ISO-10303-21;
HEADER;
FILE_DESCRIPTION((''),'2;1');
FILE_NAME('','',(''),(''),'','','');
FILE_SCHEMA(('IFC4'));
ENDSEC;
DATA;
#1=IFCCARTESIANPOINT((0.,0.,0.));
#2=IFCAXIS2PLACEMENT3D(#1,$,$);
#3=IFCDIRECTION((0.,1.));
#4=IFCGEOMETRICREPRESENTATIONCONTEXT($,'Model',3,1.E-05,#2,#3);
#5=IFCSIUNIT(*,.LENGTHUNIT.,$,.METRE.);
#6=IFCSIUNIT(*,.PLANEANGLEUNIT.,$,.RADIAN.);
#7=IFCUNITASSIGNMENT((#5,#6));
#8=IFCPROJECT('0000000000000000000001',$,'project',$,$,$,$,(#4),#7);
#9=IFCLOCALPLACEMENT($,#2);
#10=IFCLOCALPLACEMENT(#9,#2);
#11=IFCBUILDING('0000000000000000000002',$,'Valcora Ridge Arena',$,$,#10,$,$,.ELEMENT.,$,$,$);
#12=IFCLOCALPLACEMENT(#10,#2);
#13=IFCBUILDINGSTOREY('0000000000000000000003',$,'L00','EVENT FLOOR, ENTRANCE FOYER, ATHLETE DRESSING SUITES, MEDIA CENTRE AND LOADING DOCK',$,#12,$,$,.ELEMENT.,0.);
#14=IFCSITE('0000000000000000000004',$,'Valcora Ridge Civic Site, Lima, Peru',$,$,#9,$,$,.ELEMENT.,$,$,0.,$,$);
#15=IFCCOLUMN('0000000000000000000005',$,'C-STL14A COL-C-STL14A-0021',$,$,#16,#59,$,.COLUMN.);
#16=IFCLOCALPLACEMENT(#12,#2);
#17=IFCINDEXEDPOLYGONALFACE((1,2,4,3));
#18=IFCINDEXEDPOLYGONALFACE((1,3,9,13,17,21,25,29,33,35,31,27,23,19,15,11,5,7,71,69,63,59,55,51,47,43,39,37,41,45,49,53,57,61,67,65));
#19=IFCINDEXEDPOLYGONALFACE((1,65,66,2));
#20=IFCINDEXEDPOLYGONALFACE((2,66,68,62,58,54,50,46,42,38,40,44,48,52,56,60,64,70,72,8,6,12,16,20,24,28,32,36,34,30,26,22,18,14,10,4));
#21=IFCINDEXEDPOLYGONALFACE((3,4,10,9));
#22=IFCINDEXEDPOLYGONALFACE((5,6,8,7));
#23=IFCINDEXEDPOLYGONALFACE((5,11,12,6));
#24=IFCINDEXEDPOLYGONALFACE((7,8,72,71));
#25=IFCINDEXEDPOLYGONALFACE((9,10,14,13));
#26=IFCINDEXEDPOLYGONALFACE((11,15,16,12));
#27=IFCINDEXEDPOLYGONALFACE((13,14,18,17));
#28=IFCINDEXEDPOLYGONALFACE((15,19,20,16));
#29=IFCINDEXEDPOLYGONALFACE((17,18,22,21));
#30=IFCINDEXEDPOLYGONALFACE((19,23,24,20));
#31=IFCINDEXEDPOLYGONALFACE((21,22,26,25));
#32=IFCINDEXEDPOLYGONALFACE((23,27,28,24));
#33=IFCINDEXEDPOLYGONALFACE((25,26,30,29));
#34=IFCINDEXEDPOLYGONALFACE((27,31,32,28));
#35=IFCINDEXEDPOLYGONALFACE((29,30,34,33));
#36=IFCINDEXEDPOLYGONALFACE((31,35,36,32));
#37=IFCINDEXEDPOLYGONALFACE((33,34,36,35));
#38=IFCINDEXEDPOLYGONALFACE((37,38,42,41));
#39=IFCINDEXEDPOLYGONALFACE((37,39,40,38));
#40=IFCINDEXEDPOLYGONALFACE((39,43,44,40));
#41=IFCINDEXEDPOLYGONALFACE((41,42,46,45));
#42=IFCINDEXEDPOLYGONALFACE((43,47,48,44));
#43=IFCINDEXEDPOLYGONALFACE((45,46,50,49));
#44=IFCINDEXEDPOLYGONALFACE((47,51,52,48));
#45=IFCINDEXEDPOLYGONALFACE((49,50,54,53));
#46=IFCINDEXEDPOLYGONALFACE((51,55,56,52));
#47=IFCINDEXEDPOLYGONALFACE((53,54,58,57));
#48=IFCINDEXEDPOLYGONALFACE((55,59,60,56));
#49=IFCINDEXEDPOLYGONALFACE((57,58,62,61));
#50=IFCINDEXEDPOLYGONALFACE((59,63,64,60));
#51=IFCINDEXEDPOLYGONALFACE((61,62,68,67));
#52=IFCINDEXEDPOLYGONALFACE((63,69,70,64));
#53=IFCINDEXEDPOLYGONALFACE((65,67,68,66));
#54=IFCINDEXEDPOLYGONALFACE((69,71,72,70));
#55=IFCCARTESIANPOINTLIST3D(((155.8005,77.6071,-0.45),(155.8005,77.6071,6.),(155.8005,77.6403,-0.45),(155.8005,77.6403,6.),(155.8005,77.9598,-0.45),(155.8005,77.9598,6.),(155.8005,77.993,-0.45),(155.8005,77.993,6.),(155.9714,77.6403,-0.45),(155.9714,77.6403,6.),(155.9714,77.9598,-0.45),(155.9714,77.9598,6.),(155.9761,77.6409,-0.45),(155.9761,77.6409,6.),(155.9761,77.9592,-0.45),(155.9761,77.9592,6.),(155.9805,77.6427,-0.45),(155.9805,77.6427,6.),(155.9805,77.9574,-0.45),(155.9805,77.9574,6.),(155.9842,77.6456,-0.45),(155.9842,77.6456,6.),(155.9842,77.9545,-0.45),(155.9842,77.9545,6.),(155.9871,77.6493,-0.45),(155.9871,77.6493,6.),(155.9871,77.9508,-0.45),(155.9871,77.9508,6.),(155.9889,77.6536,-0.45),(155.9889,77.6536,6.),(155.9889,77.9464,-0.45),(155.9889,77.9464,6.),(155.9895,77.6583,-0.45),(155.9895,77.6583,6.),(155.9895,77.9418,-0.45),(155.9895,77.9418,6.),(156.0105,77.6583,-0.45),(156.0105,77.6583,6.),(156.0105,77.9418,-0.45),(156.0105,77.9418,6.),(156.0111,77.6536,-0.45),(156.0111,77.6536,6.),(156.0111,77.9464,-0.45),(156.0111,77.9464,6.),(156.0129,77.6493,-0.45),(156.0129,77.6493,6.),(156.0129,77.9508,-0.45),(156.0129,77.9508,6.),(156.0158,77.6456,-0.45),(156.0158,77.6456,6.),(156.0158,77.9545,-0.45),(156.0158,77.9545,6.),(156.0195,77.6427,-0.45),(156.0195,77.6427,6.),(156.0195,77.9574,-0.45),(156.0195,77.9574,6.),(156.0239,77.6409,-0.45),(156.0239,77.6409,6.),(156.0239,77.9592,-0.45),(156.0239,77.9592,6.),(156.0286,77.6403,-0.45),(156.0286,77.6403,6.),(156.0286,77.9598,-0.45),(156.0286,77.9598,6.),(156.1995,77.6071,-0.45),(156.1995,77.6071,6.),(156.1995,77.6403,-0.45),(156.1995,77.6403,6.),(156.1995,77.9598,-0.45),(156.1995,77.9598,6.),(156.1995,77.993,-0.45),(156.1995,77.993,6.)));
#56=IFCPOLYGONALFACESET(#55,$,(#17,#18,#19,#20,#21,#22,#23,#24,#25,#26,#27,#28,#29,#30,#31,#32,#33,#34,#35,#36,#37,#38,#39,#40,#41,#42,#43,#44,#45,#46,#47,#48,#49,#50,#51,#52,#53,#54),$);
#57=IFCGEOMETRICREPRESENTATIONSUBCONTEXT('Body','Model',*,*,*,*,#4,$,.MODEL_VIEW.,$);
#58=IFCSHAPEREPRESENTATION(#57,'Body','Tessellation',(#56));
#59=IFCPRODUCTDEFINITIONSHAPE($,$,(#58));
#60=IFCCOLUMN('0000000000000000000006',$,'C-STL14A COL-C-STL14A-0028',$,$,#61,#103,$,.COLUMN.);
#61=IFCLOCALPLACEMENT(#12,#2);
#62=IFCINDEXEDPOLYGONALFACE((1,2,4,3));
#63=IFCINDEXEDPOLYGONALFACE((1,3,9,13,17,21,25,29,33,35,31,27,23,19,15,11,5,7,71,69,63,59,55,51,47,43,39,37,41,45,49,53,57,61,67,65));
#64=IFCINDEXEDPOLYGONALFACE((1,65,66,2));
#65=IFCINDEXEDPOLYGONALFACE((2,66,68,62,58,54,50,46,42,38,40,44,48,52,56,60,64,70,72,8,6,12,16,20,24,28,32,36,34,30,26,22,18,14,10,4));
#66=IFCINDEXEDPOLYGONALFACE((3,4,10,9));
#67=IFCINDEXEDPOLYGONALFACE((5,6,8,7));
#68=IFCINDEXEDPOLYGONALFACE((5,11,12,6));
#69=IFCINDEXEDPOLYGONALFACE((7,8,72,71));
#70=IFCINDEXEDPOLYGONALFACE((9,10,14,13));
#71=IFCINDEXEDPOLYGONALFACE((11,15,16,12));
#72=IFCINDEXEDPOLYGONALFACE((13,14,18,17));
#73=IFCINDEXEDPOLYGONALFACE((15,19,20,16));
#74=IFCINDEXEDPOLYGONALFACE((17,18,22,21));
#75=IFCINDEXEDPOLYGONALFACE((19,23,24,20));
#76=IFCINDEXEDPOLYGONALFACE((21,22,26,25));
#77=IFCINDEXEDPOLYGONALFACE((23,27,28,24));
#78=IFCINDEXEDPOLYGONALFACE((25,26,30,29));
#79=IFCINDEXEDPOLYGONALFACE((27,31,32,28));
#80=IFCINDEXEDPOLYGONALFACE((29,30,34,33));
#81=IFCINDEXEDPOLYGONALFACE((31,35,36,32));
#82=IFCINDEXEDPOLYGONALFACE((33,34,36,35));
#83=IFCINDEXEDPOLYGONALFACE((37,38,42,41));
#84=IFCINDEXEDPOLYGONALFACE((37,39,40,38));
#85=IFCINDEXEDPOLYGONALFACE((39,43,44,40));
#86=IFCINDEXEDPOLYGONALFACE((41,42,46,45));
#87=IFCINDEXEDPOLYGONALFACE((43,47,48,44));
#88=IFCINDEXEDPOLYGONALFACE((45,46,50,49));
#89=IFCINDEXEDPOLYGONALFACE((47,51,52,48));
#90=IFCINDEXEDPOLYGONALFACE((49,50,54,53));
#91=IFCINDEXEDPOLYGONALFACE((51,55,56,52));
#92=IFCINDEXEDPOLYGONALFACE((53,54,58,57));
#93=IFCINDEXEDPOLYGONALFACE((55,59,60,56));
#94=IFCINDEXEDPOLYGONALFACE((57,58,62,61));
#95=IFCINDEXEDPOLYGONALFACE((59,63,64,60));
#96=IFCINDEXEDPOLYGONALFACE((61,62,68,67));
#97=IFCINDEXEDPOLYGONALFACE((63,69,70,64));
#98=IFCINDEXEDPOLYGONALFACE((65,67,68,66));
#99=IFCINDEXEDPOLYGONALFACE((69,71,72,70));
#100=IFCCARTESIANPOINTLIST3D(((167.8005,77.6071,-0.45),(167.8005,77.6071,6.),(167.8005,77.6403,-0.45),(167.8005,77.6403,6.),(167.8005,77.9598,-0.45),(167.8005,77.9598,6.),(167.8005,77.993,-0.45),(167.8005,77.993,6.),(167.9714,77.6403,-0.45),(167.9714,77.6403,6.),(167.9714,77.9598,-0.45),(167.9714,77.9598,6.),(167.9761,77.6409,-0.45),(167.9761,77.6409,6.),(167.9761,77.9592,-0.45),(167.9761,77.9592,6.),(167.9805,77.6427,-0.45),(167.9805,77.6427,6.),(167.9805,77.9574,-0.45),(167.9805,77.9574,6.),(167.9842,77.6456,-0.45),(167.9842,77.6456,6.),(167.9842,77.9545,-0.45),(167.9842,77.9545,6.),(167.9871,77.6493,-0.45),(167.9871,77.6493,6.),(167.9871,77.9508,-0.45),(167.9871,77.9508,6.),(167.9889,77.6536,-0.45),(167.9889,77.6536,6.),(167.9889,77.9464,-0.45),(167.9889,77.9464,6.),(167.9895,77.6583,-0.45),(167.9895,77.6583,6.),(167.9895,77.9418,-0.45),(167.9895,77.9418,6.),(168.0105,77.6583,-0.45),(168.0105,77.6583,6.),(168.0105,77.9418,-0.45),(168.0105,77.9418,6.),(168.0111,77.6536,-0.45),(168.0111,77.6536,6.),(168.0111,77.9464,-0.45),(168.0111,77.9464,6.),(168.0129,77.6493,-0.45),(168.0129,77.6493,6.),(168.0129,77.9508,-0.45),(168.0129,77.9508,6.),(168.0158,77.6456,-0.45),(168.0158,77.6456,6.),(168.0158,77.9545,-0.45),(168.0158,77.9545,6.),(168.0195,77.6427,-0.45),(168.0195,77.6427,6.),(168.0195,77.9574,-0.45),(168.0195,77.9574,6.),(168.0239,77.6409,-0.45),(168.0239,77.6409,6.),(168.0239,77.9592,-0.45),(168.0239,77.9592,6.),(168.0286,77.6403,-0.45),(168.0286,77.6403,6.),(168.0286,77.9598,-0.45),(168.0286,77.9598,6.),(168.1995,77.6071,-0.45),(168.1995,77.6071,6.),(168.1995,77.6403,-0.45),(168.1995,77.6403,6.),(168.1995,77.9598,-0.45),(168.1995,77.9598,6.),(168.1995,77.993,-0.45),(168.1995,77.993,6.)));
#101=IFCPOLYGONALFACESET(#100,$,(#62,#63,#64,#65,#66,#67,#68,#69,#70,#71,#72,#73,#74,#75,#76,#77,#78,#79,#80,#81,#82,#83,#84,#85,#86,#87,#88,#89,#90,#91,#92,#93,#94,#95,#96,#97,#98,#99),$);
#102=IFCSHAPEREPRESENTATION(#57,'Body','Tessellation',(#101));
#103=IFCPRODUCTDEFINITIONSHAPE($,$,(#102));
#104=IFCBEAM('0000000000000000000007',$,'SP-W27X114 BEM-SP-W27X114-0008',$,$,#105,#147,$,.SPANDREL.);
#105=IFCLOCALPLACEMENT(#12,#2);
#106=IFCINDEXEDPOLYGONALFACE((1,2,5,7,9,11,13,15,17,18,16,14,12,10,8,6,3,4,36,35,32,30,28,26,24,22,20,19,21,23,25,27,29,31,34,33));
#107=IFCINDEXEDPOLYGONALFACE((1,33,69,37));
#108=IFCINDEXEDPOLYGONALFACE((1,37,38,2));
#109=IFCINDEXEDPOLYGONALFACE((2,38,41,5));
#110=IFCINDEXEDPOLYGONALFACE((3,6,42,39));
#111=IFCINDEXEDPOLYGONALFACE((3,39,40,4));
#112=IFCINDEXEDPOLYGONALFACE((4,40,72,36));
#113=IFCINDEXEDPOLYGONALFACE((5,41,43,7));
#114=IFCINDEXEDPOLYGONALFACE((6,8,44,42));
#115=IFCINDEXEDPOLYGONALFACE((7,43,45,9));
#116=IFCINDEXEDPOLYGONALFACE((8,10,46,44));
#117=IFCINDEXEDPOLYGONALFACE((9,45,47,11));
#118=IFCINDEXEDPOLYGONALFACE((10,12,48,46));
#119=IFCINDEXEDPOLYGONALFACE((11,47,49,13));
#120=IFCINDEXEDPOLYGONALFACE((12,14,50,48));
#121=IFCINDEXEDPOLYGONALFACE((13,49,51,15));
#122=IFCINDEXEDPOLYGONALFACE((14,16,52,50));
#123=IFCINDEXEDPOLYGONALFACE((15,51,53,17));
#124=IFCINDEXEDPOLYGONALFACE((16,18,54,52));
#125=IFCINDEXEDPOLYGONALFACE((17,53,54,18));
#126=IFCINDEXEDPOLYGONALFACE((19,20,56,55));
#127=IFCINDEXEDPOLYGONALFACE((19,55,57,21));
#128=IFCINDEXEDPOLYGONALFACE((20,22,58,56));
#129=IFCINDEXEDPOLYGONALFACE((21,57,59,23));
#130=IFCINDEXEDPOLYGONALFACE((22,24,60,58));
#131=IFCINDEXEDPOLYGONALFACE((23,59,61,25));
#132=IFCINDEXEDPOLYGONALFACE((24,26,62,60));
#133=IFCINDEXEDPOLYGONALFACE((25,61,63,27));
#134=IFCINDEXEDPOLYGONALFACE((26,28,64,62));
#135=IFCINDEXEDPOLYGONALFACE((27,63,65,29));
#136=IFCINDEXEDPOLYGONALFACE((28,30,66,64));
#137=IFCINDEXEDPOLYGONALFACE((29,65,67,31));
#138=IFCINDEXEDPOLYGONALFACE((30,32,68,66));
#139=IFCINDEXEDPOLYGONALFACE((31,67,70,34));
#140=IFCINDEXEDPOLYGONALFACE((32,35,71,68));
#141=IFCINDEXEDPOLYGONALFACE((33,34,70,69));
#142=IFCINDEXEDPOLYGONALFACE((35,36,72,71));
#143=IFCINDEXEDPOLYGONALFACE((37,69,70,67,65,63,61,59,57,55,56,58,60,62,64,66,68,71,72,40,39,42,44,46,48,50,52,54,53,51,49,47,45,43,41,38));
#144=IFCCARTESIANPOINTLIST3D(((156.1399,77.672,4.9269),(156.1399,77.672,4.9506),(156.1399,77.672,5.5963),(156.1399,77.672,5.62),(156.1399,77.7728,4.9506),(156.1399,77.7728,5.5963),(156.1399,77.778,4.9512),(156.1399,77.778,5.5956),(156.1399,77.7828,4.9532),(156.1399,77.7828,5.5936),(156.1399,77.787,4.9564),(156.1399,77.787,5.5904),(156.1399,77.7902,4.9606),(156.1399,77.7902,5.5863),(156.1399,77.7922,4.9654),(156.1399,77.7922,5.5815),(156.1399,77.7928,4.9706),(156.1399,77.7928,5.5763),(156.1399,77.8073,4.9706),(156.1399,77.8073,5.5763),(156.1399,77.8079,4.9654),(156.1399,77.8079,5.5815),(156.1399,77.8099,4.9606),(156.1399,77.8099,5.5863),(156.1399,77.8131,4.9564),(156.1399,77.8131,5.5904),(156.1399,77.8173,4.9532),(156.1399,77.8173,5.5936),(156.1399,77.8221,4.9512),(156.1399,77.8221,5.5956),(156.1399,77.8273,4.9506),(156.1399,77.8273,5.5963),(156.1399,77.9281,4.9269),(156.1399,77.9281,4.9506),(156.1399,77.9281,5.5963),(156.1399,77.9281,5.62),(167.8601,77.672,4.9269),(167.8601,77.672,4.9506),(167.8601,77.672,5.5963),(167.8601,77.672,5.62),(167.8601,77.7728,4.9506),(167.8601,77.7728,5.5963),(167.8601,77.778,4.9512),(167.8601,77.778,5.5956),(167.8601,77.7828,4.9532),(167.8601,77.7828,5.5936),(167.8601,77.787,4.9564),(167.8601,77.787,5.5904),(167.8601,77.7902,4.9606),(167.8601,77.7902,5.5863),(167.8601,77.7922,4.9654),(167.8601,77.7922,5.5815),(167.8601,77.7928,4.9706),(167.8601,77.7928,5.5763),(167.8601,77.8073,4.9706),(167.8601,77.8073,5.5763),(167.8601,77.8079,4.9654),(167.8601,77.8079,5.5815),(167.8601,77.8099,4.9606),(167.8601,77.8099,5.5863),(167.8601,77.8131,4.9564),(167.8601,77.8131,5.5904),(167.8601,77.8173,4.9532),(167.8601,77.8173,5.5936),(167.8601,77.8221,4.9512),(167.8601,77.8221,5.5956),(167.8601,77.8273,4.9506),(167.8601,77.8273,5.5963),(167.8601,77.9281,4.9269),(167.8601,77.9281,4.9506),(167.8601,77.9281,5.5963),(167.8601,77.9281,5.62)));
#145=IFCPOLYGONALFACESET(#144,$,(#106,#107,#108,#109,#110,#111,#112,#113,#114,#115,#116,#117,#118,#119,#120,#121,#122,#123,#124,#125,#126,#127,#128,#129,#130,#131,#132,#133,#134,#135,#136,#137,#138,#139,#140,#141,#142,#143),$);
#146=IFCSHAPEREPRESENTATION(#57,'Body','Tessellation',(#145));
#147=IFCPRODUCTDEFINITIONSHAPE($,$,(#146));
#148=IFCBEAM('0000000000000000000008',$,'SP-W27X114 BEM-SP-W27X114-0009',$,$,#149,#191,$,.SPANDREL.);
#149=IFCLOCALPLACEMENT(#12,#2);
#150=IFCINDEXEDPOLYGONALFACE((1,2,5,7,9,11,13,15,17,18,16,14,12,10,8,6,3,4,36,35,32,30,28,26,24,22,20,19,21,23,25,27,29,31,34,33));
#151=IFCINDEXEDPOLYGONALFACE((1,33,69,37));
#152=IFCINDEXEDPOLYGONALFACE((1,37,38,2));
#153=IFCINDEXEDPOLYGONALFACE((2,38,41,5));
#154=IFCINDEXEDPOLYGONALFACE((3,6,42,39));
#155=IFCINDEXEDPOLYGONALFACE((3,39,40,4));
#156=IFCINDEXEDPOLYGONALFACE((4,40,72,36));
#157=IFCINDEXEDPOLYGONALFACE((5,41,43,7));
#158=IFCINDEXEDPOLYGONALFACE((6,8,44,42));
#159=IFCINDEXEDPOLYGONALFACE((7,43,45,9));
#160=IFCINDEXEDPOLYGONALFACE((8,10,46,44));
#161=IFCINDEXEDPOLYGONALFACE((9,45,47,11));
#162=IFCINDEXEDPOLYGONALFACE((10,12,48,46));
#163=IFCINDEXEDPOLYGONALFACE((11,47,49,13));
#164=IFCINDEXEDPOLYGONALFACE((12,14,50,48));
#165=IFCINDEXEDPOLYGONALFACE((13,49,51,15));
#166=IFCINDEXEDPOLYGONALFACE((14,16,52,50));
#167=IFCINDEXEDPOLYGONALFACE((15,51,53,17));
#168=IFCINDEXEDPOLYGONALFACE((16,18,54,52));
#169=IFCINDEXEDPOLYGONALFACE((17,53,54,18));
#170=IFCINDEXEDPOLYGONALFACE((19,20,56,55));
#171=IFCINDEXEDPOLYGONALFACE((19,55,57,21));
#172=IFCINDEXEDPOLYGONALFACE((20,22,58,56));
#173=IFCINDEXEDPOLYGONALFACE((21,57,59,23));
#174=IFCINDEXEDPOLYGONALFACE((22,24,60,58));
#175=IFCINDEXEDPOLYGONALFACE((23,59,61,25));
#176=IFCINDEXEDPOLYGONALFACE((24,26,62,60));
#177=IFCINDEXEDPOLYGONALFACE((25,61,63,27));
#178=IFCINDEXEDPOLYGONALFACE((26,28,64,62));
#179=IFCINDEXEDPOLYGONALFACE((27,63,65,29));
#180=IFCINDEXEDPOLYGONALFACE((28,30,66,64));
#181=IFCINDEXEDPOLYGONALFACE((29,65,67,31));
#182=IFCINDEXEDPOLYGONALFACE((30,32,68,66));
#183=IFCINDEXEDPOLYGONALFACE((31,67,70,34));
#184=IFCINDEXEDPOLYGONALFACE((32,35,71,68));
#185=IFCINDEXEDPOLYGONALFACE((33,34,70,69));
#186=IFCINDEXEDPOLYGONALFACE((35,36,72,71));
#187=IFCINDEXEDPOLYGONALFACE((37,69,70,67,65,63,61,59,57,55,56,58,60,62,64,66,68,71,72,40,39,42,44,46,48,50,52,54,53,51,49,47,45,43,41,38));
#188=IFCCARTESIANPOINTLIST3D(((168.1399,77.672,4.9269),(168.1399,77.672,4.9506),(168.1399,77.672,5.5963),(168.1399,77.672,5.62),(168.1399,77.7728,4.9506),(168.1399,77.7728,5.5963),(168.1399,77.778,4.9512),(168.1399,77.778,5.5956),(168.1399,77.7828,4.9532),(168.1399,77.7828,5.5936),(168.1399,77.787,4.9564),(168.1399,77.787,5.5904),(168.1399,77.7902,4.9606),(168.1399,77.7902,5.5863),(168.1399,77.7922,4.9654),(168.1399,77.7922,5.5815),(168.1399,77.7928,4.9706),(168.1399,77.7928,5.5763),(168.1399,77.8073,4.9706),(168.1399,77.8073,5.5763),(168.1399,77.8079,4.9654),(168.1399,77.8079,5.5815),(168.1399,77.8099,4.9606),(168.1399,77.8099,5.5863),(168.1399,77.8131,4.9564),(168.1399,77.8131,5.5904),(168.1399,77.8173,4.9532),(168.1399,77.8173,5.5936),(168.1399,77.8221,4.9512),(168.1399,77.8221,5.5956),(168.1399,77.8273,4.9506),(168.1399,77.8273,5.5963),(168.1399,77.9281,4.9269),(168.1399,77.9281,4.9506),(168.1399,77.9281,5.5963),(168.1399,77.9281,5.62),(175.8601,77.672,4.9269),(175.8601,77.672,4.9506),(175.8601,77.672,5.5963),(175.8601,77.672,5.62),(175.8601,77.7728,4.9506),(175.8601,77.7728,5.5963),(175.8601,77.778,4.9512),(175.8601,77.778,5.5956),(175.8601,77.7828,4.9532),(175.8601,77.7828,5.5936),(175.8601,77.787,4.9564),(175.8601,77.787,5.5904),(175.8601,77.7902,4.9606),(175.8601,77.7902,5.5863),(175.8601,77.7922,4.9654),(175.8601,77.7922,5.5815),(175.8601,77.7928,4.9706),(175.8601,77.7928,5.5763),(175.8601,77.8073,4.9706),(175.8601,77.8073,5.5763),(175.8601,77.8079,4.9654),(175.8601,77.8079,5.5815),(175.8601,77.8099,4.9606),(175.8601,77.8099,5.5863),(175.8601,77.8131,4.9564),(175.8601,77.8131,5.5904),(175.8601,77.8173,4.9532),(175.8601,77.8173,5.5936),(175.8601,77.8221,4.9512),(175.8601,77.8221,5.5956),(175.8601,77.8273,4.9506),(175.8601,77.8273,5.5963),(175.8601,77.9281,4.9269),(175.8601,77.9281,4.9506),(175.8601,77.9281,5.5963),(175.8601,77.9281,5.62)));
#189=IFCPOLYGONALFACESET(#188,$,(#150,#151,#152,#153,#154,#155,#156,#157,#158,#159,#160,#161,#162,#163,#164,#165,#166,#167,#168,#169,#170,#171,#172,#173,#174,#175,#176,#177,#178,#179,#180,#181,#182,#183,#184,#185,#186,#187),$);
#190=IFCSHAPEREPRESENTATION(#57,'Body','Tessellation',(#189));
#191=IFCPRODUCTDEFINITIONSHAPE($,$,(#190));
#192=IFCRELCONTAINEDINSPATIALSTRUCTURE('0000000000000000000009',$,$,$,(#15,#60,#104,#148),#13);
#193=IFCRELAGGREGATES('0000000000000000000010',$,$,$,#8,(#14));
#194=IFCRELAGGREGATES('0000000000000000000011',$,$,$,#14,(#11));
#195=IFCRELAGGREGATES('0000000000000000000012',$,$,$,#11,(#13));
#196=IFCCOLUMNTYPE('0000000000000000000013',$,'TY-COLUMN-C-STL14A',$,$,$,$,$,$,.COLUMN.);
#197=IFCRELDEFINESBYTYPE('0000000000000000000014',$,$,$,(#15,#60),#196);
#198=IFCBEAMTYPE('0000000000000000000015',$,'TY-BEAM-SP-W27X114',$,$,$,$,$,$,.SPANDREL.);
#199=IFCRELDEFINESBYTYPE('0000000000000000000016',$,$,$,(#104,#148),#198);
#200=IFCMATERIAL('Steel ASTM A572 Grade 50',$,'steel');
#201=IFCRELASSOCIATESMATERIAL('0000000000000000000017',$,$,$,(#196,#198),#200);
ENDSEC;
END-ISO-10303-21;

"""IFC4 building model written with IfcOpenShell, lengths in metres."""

from ifc_helpers import new_model, si_unit, direction, frame, origin, origin_2d, place, context, subcontext, project, spatial, i_section, extrude, material, material_profile, profile_set, type_object, element, save


model = new_model("IFC4")

# Units and contexts
model_context = context("Model", 3, precision=1e-05, world=origin(), true_north=direction((0.0, 1.0)))
body_context = subcontext(model_context, "Body", "Model", "MODEL_VIEW")
ifc_project = project(units=[si_unit("LENGTHUNIT", "METRE"), si_unit("PLANEANGLEUNIT", "RADIAN")], contexts=[model_context])

# Site, building, storey
site_placement = place(None, origin())
site = spatial("IfcSite", under=ifc_project, at=site_placement, Name="Valcora Ridge Civic Site, Lima, Peru", CompositionType="ELEMENT", RefElevation=0.0)
building_placement = place(site_placement, origin())
building = spatial("IfcBuilding", under=site, at=building_placement, Name="Valcora Ridge Arena", CompositionType="ELEMENT")
storey_placement = place(building_placement, origin())
storey = spatial("IfcBuildingStorey", under=building, at=storey_placement, Name="L00", Description="EVENT FLOOR, ENTRANCE FOYER, ATHLETE DRESSING SUITES, MEDIA CENTRE AND LOADING DOCK", CompositionType="ELEMENT", Elevation=0.0)

# Columns
ifc_material_1 = material(Name="Steel ASTM A572 Grade 50", Category="steel")
ifc_material_profile_1 = material_profile(ifc_material_1, i_section(OverallWidth=0.3989, OverallDepth=0.386, WebThickness=0.021, FlangeThickness=0.0332, FilletRadius=0.0181, at=origin_2d()), Name="W14X176")
ifc_profile_set_1 = profile_set([ifc_material_profile_1], Name="Steel ASTM A572 Grade 50")
column_type = type_object("IfcColumnType", Name="TY-COLUMN-C-STL14A", PredefinedType="COLUMN", material=ifc_profile_set_1)
for number, where, z_axis, x_axis, name in (
    (1, (156.0, 77.8, -0.45), (0.0, 0.0, 1.0), (1.0, 0.0, 0.0), "C-STL14A COL-C-STL14A-0021"),
    (2, (168.0, 77.8, -0.45), (0.0, 0.0, 1.0), (1.0, 0.0, 0.0), "C-STL14A COL-C-STL14A-0028"),
):
    element("IfcColumn", number, at=place(storey_placement, frame(where, z_axis=z_axis, x_axis=x_axis)), inside=storey, type_object=column_type, Name=name, PredefinedType="COLUMN", context=body_context, shape_type="SweptSolid", body=[
        extrude(i_section(OverallWidth=0.3989, OverallDepth=0.386, WebThickness=0.021, FlangeThickness=0.0332, FilletRadius=0.0181, at=origin_2d()), origin(), (0.0, 0.0, 1.0), 6.45),
    ])

# Beams
ifc_material_profile_2 = material_profile(ifc_material_1, i_section(OverallWidth=0.2561, OverallDepth=0.6931, WebThickness=0.0144, FlangeThickness=0.0237, FilletRadius=0.02, at=origin_2d()), Name="W27X114")
ifc_profile_set_2 = profile_set([ifc_material_profile_2], Name="Steel ASTM A572 Grade 50")
beam_type = type_object("IfcBeamType", Name="TY-BEAM-SP-W27X114", PredefinedType="SPANDREL", material=ifc_profile_set_2)
beam_1_placement = place(storey_placement, frame((156.1399, 77.8, 5.2734), z_axis=(1.0, 0.0, 0.0), x_axis=(0.0, 1.0, 0.0)))
element("IfcBeam", 3, at=beam_1_placement, inside=storey, type_object=beam_type, Name="SP-W27X114 BEM-SP-W27X114-0008", PredefinedType="SPANDREL", context=body_context, shape_type="SweptSolid", body=[
    extrude(i_section(OverallWidth=0.2561, OverallDepth=0.6931, WebThickness=0.0144, FlangeThickness=0.0237, FilletRadius=0.02, at=origin_2d()), origin(), (0.0, 0.0, 1.0), 11.7202),
])
beam_2_placement = place(storey_placement, frame((168.1399, 77.8, 5.2734), z_axis=(1.0, 0.0, 0.0), x_axis=(0.0, 1.0, 0.0)))
element("IfcBeam", 4, at=beam_2_placement, inside=storey, type_object=beam_type, Name="SP-W27X114 BEM-SP-W27X114-0009", PredefinedType="SPANDREL", context=body_context, shape_type="SweptSolid", body=[
    extrude(i_section(OverallWidth=0.2561, OverallDepth=0.6931, WebThickness=0.0144, FlangeThickness=0.0237, FilletRadius=0.02, at=origin_2d()), origin(), (0.0, 0.0, 1.0), 7.7202),
])

save(model, "model.ifc")
